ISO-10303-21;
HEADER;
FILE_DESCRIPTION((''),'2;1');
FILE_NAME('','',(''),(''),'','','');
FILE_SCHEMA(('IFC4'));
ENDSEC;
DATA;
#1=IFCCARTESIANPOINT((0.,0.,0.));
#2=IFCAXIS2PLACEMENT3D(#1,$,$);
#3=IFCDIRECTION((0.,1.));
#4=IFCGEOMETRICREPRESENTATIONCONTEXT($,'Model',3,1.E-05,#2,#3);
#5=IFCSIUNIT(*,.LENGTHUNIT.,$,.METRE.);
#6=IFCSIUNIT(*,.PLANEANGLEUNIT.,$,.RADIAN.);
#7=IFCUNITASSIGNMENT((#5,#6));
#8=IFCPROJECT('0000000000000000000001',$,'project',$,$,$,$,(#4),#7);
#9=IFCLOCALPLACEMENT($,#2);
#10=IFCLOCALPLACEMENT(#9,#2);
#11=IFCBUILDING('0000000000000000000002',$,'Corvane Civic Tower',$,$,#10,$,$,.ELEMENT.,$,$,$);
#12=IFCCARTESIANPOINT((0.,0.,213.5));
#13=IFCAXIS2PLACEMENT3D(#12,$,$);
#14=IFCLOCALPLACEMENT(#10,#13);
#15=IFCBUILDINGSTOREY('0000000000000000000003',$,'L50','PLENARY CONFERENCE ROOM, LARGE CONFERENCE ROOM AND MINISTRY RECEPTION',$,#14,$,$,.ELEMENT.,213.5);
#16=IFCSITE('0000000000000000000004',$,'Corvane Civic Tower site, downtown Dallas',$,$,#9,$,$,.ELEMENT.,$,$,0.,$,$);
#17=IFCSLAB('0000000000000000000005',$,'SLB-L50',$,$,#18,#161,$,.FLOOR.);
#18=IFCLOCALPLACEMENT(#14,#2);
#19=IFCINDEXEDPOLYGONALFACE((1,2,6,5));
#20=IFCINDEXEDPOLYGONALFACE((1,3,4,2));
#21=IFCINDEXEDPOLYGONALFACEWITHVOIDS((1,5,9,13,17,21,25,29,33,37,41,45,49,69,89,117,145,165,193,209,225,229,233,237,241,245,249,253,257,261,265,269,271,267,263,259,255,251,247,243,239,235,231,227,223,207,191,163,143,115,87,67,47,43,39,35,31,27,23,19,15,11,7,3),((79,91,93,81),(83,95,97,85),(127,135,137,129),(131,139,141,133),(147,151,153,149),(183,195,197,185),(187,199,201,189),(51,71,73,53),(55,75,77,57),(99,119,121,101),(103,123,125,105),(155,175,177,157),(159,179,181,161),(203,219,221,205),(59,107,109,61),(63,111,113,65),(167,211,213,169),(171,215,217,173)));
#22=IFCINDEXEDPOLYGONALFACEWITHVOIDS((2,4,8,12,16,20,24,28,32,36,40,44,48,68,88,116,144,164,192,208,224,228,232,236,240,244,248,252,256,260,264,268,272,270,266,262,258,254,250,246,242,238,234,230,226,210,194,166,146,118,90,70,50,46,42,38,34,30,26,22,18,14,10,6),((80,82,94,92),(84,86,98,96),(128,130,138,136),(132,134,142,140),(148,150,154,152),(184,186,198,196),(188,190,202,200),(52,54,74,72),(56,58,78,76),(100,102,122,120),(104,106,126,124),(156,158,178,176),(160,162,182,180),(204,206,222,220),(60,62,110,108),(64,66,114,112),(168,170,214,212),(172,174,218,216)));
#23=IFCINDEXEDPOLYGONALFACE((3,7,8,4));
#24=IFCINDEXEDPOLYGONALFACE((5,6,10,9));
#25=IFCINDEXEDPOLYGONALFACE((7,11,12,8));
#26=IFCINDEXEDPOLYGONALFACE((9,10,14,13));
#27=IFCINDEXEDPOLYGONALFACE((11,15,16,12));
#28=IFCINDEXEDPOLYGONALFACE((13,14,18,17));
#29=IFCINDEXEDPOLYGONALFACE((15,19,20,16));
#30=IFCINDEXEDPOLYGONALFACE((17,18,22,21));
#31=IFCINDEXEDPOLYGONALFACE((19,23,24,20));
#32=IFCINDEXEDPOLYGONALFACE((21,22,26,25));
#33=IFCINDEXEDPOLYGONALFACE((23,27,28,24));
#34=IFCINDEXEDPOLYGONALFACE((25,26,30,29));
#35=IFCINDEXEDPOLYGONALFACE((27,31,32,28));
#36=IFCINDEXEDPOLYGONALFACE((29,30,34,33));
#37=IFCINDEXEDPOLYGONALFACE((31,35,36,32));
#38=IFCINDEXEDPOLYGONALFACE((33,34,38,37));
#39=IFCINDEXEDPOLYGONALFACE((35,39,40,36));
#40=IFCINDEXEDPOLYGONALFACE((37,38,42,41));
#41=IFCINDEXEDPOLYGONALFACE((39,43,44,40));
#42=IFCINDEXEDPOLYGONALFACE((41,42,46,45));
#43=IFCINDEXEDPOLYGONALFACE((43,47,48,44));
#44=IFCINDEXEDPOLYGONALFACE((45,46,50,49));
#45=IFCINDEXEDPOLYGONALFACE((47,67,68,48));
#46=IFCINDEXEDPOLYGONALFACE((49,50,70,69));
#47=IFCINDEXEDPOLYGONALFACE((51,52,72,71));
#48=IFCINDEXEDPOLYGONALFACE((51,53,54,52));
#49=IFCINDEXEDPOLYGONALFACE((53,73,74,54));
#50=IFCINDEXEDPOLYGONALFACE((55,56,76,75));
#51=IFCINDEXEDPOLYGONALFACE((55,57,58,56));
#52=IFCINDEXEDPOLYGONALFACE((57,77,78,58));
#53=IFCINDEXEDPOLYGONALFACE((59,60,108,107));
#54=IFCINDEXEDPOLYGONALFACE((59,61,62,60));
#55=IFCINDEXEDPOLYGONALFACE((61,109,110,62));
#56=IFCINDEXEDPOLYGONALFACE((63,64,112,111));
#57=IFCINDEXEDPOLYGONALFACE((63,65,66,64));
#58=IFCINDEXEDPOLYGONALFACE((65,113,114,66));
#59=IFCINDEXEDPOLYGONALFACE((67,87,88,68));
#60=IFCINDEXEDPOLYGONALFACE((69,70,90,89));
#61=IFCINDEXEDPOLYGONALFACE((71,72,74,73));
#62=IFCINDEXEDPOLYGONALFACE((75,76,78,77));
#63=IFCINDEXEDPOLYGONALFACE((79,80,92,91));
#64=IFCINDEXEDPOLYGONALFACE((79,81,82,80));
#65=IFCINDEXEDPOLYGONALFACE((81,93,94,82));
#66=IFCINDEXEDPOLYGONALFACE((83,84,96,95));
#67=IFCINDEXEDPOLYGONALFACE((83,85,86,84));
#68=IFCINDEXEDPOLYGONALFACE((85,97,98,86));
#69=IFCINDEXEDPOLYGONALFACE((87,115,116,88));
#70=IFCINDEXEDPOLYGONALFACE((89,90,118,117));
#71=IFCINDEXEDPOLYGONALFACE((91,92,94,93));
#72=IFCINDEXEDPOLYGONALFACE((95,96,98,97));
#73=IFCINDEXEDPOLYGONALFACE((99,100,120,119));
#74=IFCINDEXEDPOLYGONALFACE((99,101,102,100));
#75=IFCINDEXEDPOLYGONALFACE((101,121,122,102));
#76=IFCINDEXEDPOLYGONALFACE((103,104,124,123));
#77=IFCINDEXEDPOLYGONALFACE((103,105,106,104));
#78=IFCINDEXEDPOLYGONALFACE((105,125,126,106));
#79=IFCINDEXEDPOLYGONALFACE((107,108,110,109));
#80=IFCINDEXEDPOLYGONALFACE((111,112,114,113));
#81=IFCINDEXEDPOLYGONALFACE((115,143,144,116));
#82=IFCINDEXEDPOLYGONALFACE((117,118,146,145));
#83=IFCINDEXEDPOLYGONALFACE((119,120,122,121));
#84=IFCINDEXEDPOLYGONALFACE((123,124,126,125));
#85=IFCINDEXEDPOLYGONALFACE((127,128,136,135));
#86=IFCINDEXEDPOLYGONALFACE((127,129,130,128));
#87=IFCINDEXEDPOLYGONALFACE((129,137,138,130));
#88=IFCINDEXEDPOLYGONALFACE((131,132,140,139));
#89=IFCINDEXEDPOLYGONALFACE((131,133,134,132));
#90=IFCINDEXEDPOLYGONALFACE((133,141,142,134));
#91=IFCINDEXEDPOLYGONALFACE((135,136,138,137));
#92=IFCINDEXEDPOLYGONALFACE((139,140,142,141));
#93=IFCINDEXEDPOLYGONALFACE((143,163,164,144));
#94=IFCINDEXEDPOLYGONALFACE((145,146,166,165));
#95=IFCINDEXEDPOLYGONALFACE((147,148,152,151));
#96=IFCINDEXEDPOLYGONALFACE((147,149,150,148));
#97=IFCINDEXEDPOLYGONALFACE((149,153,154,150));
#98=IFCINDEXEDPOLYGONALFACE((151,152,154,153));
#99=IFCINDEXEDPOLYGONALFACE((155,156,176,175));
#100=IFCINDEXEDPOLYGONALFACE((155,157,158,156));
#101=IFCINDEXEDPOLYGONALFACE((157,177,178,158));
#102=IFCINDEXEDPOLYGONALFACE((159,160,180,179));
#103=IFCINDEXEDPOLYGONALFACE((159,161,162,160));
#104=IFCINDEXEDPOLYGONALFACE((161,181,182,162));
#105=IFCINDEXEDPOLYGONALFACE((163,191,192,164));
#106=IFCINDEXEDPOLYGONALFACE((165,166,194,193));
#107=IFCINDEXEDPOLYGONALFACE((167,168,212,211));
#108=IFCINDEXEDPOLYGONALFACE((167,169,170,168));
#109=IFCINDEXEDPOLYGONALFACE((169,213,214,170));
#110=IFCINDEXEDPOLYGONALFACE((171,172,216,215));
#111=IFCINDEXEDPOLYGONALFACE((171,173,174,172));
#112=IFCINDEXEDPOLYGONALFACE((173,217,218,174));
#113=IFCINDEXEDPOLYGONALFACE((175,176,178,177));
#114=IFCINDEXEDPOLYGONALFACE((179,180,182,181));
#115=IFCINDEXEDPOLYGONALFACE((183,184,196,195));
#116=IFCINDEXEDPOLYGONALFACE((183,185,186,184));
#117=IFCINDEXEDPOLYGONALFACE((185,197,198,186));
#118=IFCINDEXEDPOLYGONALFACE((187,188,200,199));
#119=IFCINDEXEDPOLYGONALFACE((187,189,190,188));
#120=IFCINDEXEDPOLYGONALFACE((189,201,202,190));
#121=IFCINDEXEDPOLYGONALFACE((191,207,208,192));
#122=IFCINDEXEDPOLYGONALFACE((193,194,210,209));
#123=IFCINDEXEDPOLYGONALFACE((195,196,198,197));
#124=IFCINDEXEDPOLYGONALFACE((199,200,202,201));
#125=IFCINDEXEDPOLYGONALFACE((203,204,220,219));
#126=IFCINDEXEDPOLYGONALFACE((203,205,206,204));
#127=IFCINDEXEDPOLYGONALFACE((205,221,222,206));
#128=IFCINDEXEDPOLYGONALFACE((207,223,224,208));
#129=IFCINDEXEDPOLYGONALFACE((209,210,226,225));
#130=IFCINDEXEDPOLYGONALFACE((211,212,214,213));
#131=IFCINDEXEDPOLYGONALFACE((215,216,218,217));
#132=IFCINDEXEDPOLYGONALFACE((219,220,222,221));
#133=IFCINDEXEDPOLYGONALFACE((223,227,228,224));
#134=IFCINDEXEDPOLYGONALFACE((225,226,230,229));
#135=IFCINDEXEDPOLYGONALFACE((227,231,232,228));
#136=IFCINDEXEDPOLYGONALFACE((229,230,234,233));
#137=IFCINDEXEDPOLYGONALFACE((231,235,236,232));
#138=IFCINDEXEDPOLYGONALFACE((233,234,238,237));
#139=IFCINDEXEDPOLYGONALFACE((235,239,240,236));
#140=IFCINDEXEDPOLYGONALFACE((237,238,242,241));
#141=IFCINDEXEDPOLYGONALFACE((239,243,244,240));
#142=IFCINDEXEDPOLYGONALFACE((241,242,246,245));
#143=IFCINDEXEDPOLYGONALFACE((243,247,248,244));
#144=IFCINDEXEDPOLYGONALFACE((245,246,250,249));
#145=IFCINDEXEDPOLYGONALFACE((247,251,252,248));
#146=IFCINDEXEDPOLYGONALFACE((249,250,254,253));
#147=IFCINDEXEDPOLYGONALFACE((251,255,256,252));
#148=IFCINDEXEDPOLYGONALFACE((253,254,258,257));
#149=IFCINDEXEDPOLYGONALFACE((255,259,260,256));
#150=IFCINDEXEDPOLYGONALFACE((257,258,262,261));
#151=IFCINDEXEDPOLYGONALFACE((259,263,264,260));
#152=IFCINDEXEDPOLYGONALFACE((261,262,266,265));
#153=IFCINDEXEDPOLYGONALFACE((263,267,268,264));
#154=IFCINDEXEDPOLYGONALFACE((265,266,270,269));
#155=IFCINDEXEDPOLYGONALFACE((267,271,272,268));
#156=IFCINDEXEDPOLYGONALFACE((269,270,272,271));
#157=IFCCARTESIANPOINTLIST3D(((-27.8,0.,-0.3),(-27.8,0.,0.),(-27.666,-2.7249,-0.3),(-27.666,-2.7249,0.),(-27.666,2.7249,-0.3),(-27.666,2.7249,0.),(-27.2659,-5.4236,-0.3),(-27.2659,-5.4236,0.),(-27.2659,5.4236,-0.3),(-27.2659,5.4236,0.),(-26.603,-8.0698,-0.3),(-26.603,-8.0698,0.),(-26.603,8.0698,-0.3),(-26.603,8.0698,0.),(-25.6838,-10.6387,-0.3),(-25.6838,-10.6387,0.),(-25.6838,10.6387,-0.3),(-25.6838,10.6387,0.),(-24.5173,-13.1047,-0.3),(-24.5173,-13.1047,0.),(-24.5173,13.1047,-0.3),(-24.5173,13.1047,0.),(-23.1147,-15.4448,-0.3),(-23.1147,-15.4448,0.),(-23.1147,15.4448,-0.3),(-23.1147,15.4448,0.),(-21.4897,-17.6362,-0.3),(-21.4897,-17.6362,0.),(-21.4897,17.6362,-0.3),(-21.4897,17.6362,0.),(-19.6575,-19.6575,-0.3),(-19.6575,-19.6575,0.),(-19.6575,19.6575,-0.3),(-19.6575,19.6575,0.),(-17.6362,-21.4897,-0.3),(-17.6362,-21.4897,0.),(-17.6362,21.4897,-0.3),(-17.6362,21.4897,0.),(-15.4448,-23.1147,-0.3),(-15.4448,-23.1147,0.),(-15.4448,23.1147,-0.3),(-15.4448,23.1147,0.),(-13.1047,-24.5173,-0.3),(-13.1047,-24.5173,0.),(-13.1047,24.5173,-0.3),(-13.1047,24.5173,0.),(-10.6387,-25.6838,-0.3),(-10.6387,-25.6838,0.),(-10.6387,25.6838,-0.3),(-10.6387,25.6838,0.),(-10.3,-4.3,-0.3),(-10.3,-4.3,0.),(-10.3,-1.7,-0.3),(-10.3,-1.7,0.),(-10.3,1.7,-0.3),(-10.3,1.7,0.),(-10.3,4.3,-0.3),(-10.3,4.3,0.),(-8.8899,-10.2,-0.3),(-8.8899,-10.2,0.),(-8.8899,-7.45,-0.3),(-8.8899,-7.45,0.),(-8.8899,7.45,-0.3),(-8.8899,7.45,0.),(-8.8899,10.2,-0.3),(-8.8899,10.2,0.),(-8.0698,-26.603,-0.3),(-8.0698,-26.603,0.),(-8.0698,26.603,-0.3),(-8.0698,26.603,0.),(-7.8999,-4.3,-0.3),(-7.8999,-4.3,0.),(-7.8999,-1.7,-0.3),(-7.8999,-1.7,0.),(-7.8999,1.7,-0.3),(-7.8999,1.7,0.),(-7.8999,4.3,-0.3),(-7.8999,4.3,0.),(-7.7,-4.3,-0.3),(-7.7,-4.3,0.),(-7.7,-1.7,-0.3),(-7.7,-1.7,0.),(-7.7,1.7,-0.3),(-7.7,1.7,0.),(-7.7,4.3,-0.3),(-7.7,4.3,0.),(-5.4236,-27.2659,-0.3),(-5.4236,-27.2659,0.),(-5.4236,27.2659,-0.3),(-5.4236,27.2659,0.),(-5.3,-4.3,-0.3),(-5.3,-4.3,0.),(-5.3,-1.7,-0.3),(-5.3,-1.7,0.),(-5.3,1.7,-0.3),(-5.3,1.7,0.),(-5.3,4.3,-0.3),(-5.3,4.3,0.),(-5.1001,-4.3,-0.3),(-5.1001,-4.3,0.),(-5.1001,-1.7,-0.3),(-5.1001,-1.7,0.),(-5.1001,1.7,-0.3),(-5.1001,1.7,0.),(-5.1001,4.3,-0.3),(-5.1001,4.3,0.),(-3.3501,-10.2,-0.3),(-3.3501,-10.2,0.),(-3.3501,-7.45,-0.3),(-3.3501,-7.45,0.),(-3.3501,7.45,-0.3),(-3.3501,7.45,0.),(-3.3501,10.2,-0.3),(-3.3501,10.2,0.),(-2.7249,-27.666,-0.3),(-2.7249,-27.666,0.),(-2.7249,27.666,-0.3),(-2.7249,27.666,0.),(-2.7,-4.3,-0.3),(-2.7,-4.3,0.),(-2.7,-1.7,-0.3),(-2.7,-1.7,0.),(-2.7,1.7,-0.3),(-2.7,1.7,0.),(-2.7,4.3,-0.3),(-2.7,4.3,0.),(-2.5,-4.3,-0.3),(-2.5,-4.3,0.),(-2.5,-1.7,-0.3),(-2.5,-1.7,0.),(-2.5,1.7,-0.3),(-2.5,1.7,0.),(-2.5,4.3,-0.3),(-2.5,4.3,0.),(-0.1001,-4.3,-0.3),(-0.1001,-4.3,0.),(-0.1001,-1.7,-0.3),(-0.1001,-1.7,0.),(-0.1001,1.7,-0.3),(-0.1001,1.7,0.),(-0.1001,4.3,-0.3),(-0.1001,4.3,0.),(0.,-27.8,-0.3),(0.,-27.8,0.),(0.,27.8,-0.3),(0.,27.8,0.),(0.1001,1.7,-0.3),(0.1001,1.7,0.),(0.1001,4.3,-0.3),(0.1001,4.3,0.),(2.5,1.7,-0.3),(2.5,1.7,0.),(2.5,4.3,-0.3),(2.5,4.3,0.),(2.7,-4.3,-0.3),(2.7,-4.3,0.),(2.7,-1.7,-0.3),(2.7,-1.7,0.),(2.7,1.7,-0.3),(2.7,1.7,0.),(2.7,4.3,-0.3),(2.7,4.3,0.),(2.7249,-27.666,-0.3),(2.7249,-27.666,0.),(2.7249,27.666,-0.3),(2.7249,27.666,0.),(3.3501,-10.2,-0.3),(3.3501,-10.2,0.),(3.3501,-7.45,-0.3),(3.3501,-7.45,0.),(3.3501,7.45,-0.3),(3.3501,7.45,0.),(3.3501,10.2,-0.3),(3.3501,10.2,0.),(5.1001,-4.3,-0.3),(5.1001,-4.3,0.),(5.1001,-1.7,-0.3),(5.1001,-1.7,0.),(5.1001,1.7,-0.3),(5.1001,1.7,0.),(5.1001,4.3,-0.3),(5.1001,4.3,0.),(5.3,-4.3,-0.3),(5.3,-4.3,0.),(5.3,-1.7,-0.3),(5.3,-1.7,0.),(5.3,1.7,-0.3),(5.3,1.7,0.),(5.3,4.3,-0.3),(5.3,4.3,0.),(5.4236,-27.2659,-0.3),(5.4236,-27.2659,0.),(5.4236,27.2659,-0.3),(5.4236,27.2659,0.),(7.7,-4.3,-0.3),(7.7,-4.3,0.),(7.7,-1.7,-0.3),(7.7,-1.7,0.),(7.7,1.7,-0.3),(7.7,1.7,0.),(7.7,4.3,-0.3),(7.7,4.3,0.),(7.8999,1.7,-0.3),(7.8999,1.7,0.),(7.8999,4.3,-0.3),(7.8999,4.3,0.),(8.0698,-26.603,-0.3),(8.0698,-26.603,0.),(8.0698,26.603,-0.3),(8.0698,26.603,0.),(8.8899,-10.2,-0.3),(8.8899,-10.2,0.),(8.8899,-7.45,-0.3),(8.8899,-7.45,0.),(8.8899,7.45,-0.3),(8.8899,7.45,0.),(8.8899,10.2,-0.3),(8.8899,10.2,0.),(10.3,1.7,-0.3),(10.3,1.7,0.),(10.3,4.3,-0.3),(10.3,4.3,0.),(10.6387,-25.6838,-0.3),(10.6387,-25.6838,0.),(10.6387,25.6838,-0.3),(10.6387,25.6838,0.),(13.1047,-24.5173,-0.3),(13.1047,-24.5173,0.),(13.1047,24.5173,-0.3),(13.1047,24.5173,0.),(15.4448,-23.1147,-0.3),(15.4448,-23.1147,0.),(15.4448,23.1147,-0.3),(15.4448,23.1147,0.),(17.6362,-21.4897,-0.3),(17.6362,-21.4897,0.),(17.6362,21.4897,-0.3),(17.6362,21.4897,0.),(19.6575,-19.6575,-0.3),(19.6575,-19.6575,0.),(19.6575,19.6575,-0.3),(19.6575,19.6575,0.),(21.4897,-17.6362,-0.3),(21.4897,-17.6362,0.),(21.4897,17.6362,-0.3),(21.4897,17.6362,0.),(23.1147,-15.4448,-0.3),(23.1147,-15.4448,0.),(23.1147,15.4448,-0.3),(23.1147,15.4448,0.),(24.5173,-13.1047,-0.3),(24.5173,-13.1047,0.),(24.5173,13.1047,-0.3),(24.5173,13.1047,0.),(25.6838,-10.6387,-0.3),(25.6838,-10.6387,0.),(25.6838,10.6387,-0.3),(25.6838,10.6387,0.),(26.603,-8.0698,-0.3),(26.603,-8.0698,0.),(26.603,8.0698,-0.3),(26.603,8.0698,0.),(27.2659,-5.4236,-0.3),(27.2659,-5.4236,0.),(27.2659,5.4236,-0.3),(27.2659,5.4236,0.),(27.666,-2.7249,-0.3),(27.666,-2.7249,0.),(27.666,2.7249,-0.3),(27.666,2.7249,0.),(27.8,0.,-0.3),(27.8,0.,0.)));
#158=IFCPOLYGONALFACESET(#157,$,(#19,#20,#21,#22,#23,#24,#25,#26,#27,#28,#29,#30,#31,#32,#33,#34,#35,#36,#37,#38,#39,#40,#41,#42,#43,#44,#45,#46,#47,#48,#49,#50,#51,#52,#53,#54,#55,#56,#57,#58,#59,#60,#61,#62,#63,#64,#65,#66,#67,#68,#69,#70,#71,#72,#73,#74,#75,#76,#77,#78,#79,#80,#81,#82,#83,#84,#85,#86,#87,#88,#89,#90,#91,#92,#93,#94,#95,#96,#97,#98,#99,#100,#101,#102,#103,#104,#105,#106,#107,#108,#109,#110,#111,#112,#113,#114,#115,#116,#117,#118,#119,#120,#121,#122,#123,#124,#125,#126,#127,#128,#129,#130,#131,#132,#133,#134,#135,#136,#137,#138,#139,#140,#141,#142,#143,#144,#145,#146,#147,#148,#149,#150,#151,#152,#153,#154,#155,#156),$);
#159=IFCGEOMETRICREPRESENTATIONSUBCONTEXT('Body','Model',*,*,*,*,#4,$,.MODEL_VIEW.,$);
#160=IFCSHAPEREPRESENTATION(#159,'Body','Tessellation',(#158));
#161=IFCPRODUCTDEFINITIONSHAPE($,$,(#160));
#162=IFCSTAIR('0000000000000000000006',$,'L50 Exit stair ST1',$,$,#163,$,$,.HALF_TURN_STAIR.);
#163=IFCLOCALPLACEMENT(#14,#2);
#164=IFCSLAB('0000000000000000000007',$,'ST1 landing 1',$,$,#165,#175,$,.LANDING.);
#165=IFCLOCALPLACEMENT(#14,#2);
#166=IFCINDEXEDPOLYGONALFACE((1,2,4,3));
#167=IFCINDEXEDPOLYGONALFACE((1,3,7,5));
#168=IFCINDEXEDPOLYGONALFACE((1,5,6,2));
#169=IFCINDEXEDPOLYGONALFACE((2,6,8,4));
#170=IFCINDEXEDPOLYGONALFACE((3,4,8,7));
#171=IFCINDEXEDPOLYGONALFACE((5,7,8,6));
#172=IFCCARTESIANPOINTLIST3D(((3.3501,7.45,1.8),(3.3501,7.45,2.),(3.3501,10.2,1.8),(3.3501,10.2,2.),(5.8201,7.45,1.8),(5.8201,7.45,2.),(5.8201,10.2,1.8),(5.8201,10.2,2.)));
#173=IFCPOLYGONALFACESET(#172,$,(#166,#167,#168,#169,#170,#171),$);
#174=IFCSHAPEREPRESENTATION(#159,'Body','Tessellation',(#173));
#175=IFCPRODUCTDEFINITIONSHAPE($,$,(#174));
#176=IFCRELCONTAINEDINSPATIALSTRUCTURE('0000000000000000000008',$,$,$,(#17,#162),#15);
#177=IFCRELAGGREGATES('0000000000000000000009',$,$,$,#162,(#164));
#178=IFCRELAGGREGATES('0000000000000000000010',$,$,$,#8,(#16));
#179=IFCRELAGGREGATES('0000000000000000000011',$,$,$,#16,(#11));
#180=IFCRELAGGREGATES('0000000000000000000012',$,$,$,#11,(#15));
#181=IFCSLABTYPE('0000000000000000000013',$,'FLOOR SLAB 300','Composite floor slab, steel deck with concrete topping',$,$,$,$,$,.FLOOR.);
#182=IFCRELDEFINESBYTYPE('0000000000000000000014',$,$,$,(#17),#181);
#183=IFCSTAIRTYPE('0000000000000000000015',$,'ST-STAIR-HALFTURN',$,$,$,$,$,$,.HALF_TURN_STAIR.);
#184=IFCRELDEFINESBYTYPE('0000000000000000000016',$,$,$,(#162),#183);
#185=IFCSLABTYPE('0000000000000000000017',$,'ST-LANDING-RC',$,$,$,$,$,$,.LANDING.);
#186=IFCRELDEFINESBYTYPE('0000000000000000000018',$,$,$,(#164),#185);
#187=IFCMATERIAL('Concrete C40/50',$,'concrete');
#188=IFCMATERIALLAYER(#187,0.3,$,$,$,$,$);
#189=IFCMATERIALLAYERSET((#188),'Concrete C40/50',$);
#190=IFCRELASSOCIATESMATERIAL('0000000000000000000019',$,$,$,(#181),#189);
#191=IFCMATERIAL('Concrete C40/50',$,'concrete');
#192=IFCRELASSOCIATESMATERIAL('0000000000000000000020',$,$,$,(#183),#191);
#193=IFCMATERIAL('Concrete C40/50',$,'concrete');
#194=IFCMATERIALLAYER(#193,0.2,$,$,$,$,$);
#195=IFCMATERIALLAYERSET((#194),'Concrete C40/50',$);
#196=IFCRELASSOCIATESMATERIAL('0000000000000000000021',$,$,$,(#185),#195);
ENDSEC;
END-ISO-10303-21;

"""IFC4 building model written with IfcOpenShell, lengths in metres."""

from ifc_helpers import new_model, si_unit, direction, frame, origin, place, context, subcontext, project, spatial, polyline, outline, extrude, material, layer, layer_set, type_object, element, aggregate, save


model = new_model("IFC4")

# Units and contexts
model_context = context("Model", 3, precision=1e-05, world=origin(), true_north=direction((0.0, 1.0)))
body_context = subcontext(model_context, "Body", "Model", "MODEL_VIEW")
ifc_project = project(units=[si_unit("LENGTHUNIT", "METRE"), si_unit("PLANEANGLEUNIT", "RADIAN")], contexts=[model_context])

# Site, building, storey
site_placement = place(None, origin())
site = spatial("IfcSite", under=ifc_project, at=site_placement, Name="Corvane Civic Tower site, downtown Dallas", CompositionType="ELEMENT", RefElevation=0.0)
building_placement = place(site_placement, origin())
building = spatial("IfcBuilding", under=site, at=building_placement, Name="Corvane Civic Tower", CompositionType="ELEMENT")
storey_placement = place(building_placement, frame((0.0, 0.0, 213.5)))
storey = spatial("IfcBuildingStorey", under=building, at=storey_placement, Name="L50", Description="PLENARY CONFERENCE ROOM, LARGE CONFERENCE ROOM AND MINISTRY RECEPTION", CompositionType="ELEMENT", Elevation=213.5)

# Slab
ifc_material_1 = material(Name="Concrete C40/50", Category="concrete")
ifc_layer_1 = layer(ifc_material_1, 0.3)
ifc_layer_set_1 = layer_set([ifc_layer_1], Name="Concrete C40/50")
slab_type_1 = type_object("IfcSlabType", Name="FLOOR SLAB 300", Description="Composite floor slab, steel deck with concrete topping", PredefinedType="FLOOR", material=ifc_layer_set_1)
slab_1_placement = place(storey_placement, frame((0.0, 0.0, -0.3)))
element("IfcSlab", 1, at=slab_1_placement, inside=storey, type_object=slab_type_1, Name="SLB-L50", PredefinedType="FLOOR", context=body_context, shape_type="SweptSolid", body=[
    extrude(outline(polyline([(0.0, 27.8), (-2.7249, 27.666), (-5.4236, 27.2659), (-8.0698, 26.603), (-10.6387, 25.6838), (-13.1047, 24.5173), (-15.4448, 23.1147), (-17.6362, 21.4897), (-19.6575, 19.6575), (-21.4897, 17.6362), (-23.1147, 15.4448), (-24.5173, 13.1047), (-25.6838, 10.6387), (-26.603, 8.0698), (-27.2659, 5.4236), (-27.666, 2.7249), (-27.8, 0.0), (-27.666, -2.7249), (-27.2659, -5.4236), (-26.603, -8.0698), (-25.6838, -10.6387), (-24.5173, -13.1047), (-23.1147, -15.4448), (-21.4897, -17.6362), (-19.6575, -19.6575), (-17.6362, -21.4897), (-15.4448, -23.1147), (-13.1047, -24.5173), (-10.6387, -25.6838), (-8.0698, -26.603), (-5.4236, -27.2659), (-2.7249, -27.666), (0.0, -27.8), (2.7249, -27.666), (5.4236, -27.2659), (8.0698, -26.603), (10.6387, -25.6838), (13.1047, -24.5173), (15.4448, -23.1147), (17.6362, -21.4897), (19.6575, -19.6575), (21.4897, -17.6362), (23.1147, -15.4448), (24.5173, -13.1047), (25.6838, -10.6387), (26.603, -8.0698), (27.2659, -5.4236), (27.666, -2.7249), (27.8, 0.0), (27.666, 2.7249), (27.2659, 5.4236), (26.603, 8.0698), (25.6838, 10.6387), (24.5173, 13.1047), (23.1147, 15.4448), (21.4897, 17.6362), (19.6575, 19.6575), (17.6362, 21.4897), (15.4448, 23.1147), (13.1047, 24.5173), (10.6387, 25.6838), (8.0698, 26.603), (5.4236, 27.2659), (2.7249, 27.666), (0.0, 27.8)]), holes=[polyline([(-10.3, 4.3), (-7.8999, 4.3), (-7.8999, 1.7), (-10.3, 1.7), (-10.3, 4.3)]), polyline([(-5.3, 1.7), (-7.7, 1.7), (-7.7, 4.3), (-5.3, 4.3), (-5.3, 1.7)]), polyline([(-5.1001, 4.3), (-2.7, 4.3), (-2.7, 1.7), (-5.1001, 1.7), (-5.1001, 4.3)]), polyline([(-0.1001, 4.3), (-0.1001, 1.7), (-2.5, 1.7), (-2.5, 4.3), (-0.1001, 4.3)]), polyline([(2.5, 4.3), (2.5, 1.7), (0.1001, 1.7), (0.1001, 4.3), (2.5, 4.3)]), polyline([(2.7, 4.3), (5.1001, 4.3), (5.1001, 1.7), (2.7, 1.7), (2.7, 4.3)]), polyline([(5.3, 4.3), (7.7, 4.3), (7.7, 1.7), (5.3, 1.7), (5.3, 4.3)]), polyline([(7.8999, 4.3), (10.3, 4.3), (10.3, 1.7), (7.8999, 1.7), (7.8999, 4.3)]), polyline([(-7.8999, -1.7), (-7.8999, -4.3), (-10.3, -4.3), (-10.3, -1.7), (-7.8999, -1.7)]), polyline([(-5.3, -1.7), (-5.3, -4.3), (-7.7, -4.3), (-7.7, -1.7), (-5.3, -1.7)]), polyline([(-5.1001, -4.3), (-5.1001, -1.7), (-2.7, -1.7), (-2.7, -4.3), (-5.1001, -4.3)]), polyline([(-2.5, -1.7), (-0.1001, -1.7), (-0.1001, -4.3), (-2.5, -4.3), (-2.5, -1.7)]), polyline([(5.1001, -1.7), (5.1001, -4.3), (2.7, -4.3), (2.7, -1.7), (5.1001, -1.7)]), polyline([(7.7, -1.7), (7.7, -4.3), (5.3, -4.3), (5.3, -1.7), (7.7, -1.7)]), polyline([(8.8899, 10.2), (8.8899, 7.45), (3.3501, 7.45), (3.3501, 10.2), (8.8899, 10.2)]), polyline([(-8.8899, 7.45), (-8.8899, 10.2), (-3.3501, 10.2), (-3.3501, 7.45), (-8.8899, 7.45)]), polyline([(8.8899, -7.45), (8.8899, -10.2), (3.3501, -10.2), (3.3501, -7.45), (8.8899, -7.45)]), polyline([(-8.8899, -10.2), (-8.8899, -7.45), (-3.3501, -7.45), (-3.3501, -10.2), (-8.8899, -10.2)])]), origin(), (0.0, 0.0, 1.0), 0.3),
])

# Stair, slab
ifc_material_2 = material(Name="Concrete C40/50", Category="concrete")
stair_type = type_object("IfcStairType", Name="ST-STAIR-HALFTURN", PredefinedType="HALF_TURN_STAIR", material=ifc_material_2)
stair_1_placement = place(storey_placement, origin())
stair_1 = element("IfcStair", 2, at=stair_1_placement, inside=storey, type_object=stair_type, Name="L50 Exit stair ST1", PredefinedType="HALF_TURN_STAIR")
ifc_material_3 = material(Name="Concrete C40/50", Category="concrete")
ifc_layer_2 = layer(ifc_material_3, 0.2)
ifc_layer_set_2 = layer_set([ifc_layer_2], Name="Concrete C40/50")
slab_type_2 = type_object("IfcSlabType", Name="ST-LANDING-RC", PredefinedType="LANDING", material=ifc_layer_set_2)
slab_2_placement = place(storey_placement, frame((0.0, 0.0, 1.8)))
slab_2 = element("IfcSlab", 3, at=slab_2_placement, type_object=slab_type_2, Name="ST1 landing 1", PredefinedType="LANDING", context=body_context, shape_type="SweptSolid", body=[
    extrude(outline(polyline([(5.8201, 10.2), (3.3501, 10.2), (3.3501, 7.45), (5.8201, 7.45), (5.8201, 10.2)])), origin(), (0.0, 0.0, 1.0), 0.2),
])
aggregate(stair_1, [slab_2])

save(model, "model.ifc")
